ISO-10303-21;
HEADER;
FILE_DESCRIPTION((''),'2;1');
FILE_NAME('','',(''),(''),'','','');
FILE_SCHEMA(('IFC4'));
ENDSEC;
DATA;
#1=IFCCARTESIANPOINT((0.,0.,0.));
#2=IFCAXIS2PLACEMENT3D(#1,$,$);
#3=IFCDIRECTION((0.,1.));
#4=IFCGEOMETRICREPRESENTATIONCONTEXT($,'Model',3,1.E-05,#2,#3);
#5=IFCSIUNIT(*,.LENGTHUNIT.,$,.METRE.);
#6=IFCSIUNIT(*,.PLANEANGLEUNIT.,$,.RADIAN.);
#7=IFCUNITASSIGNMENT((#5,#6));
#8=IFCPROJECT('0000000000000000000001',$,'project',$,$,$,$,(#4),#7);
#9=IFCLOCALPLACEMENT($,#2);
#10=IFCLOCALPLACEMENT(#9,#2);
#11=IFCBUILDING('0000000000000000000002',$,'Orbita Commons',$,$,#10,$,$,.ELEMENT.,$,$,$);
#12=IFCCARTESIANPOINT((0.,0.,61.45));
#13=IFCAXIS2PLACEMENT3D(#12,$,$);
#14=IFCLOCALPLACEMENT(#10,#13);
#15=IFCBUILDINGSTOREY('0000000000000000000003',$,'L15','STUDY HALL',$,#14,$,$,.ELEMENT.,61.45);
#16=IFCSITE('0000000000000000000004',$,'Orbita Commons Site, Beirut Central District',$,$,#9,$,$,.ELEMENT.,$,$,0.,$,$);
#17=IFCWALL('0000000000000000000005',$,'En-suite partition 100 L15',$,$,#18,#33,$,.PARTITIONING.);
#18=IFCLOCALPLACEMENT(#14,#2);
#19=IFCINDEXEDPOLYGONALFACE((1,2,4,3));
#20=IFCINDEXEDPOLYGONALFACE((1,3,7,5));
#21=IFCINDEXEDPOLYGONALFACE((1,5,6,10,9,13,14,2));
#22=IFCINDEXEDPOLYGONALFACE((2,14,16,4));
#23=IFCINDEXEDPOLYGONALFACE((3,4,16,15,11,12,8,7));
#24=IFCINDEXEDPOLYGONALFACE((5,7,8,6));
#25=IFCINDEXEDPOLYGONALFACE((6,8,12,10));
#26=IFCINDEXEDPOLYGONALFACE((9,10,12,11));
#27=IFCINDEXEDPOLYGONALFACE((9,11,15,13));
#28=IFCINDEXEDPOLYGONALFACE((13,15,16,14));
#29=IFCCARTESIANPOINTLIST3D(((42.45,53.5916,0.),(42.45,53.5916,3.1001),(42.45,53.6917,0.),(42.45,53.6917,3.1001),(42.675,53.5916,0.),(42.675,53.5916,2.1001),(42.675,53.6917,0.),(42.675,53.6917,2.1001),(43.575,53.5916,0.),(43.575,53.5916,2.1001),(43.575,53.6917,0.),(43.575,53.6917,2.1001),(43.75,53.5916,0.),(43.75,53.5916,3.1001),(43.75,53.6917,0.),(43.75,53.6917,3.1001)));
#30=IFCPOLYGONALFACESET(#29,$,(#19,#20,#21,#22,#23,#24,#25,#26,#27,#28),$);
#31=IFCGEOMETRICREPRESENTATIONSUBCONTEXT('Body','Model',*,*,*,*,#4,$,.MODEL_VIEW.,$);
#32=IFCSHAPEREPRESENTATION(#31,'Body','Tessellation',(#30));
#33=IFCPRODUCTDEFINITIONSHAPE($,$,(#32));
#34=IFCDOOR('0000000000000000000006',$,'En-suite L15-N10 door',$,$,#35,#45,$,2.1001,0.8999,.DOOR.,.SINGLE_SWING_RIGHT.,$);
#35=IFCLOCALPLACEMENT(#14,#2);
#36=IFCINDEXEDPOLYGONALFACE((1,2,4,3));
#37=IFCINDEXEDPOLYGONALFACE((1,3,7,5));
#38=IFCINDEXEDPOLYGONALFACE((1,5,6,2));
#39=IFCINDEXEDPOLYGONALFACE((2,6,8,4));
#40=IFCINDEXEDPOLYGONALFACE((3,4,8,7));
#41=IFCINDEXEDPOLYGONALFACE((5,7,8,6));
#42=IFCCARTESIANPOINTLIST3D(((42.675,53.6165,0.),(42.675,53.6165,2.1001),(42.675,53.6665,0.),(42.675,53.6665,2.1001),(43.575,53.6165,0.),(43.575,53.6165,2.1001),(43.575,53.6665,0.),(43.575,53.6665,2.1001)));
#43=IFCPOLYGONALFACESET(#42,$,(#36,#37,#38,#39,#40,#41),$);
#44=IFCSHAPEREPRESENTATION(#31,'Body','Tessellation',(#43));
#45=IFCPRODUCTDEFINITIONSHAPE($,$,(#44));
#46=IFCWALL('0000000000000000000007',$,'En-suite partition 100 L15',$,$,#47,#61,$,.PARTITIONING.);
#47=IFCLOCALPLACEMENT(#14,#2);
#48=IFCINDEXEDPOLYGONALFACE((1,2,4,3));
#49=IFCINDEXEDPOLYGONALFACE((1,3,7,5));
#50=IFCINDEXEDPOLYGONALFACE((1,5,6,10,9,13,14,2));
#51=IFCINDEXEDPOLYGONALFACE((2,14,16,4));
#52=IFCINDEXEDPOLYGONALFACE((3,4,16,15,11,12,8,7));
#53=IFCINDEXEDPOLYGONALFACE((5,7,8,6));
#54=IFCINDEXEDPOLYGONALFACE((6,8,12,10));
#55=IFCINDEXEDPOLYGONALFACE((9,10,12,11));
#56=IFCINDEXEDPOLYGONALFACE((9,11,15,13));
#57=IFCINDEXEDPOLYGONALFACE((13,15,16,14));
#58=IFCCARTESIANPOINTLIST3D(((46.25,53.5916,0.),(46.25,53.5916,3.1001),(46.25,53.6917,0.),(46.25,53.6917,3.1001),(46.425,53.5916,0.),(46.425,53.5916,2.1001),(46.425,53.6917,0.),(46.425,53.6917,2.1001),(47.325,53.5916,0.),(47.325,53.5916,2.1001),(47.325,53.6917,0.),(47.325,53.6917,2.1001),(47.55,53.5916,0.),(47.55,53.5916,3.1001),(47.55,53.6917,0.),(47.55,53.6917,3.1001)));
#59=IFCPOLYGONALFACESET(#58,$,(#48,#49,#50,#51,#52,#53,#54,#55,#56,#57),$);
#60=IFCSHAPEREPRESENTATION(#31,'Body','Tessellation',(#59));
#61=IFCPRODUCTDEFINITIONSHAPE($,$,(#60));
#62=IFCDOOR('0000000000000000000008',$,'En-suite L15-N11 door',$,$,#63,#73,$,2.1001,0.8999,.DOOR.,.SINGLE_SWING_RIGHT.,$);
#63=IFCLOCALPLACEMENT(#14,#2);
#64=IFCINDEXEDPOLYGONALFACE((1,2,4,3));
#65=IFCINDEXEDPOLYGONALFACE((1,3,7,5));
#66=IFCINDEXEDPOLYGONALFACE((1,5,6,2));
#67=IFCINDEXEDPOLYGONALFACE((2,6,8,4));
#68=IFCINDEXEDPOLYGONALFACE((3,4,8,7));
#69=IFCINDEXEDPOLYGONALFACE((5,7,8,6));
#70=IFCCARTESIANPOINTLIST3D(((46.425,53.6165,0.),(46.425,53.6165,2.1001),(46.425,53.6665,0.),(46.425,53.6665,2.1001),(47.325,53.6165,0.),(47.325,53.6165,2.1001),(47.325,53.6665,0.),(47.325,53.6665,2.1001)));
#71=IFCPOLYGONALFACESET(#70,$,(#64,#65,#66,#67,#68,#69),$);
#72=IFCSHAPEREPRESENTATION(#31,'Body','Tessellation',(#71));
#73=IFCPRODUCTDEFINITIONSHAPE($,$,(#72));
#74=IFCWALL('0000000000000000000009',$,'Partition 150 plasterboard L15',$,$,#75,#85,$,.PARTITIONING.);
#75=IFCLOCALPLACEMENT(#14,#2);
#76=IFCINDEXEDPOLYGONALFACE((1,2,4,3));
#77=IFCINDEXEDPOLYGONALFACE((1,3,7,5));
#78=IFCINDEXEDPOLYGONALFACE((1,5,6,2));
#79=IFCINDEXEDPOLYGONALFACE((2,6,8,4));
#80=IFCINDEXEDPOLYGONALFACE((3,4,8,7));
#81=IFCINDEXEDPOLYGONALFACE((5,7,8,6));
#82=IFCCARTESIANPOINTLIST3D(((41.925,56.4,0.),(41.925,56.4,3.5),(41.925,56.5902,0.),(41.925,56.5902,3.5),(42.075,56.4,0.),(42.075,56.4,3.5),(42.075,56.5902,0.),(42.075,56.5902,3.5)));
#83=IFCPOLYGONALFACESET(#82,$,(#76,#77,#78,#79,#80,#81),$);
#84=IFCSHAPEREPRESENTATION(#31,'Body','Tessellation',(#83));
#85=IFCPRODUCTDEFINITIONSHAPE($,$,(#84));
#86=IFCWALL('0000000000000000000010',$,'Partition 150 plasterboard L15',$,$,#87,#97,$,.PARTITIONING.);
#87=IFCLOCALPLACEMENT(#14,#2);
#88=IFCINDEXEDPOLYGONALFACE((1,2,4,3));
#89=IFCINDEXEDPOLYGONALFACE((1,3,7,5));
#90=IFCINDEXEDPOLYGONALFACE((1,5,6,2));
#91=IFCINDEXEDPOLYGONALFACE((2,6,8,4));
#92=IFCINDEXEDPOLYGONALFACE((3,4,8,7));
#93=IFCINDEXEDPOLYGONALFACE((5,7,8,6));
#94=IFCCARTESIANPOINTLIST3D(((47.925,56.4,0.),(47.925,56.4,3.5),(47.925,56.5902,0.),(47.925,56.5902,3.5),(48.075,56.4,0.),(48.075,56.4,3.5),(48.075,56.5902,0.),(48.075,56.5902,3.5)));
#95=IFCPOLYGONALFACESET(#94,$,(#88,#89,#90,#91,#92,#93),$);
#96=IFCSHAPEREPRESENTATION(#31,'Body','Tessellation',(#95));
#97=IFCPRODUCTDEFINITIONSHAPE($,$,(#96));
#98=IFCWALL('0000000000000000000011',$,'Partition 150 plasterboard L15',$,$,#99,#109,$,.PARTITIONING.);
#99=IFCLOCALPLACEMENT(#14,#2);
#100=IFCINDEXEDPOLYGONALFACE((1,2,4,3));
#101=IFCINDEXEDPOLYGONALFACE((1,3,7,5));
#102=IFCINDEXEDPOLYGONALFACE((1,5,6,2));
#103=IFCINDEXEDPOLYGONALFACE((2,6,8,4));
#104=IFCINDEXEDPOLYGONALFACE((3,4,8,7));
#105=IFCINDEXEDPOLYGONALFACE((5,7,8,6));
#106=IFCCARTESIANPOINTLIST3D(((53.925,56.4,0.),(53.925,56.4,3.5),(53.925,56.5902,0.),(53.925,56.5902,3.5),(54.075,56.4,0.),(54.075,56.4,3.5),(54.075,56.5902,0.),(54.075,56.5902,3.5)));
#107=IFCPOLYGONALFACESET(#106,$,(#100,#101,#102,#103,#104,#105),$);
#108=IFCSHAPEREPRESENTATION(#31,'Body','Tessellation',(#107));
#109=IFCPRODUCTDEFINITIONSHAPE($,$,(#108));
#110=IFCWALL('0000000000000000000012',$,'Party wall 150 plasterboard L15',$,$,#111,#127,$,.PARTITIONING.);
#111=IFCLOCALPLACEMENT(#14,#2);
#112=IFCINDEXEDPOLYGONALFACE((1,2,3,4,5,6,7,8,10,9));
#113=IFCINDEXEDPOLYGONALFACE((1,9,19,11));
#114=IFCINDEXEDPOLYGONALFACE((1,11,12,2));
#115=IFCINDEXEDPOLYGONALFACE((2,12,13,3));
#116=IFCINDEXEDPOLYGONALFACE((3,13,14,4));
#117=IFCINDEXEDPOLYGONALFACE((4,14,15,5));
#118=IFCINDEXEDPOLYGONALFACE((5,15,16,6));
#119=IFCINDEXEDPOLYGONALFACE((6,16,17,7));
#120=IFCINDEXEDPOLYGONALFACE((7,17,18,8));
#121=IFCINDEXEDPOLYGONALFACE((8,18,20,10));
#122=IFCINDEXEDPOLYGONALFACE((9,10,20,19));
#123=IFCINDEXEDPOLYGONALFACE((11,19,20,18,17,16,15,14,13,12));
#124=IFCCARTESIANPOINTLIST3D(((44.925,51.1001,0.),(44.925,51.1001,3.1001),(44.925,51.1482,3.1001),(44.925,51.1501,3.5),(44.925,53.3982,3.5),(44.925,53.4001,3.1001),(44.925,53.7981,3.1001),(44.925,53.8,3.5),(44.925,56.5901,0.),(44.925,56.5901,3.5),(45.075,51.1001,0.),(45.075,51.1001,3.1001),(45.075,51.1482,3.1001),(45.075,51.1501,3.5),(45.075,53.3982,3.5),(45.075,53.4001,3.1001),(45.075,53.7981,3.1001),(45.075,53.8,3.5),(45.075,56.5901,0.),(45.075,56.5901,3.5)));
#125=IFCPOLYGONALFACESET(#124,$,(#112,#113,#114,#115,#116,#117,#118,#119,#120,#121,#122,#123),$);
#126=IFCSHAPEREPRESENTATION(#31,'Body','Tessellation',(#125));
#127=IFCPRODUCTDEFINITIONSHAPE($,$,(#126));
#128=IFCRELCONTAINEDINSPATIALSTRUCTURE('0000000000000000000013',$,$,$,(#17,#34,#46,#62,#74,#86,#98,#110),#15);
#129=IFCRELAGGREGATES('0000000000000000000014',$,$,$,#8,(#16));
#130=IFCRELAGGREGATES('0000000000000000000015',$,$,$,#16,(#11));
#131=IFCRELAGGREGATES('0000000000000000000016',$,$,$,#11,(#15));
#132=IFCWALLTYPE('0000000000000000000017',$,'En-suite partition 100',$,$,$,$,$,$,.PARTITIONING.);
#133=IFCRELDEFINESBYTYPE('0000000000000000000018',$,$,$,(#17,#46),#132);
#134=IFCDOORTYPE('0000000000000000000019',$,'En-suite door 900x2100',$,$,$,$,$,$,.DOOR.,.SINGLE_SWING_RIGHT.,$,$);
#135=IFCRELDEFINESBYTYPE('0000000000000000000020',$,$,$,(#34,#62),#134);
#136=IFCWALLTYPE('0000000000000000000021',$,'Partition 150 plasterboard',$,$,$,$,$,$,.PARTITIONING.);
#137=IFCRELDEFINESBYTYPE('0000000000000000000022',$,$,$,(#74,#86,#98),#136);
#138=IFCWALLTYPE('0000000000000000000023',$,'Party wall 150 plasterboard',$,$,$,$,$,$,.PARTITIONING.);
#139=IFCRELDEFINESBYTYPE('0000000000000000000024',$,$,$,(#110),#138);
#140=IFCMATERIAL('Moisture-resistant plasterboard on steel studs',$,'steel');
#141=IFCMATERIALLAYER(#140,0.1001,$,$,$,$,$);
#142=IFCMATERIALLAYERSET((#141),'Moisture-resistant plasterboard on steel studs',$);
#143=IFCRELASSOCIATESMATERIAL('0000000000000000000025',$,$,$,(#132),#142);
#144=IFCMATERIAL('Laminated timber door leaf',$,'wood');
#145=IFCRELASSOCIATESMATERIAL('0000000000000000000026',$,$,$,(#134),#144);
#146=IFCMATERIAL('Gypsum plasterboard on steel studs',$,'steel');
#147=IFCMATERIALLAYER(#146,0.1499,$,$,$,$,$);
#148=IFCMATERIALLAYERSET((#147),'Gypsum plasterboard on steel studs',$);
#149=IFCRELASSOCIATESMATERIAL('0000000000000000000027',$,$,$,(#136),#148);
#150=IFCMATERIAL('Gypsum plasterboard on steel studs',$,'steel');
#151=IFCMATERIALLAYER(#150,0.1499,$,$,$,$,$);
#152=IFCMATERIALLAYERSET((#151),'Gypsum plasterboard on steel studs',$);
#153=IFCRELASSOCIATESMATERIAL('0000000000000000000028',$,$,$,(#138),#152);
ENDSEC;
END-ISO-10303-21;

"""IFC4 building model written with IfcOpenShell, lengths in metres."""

from ifc_helpers import new_model, si_unit, direction, frame, frame_2d, origin, place, context, subcontext, project, spatial, polyline, rectangle, outline, extrude, material, layer, layer_set, type_object, element, fill, save


model = new_model("IFC4")

# Units and contexts
model_context = context("Model", 3, precision=1e-05, world=origin(), true_north=direction((0.0, 1.0)))
body_context = subcontext(model_context, "Body", "Model", "MODEL_VIEW")
ifc_project = project(units=[si_unit("LENGTHUNIT", "METRE"), si_unit("PLANEANGLEUNIT", "RADIAN")], contexts=[model_context])

# Site, building, storey
site_placement = place(None, origin())
site = spatial("IfcSite", under=ifc_project, at=site_placement, Name="Orbita Commons Site, Beirut Central District", CompositionType="ELEMENT", RefElevation=0.0)
building_placement = place(site_placement, origin())
building = spatial("IfcBuilding", under=site, at=building_placement, Name="Orbita Commons", CompositionType="ELEMENT")
storey_placement = place(building_placement, frame((0.0, 0.0, 61.45)))
storey = spatial("IfcBuildingStorey", under=building, at=storey_placement, Name="L15", Description="STUDY HALL", CompositionType="ELEMENT", Elevation=61.45)

# Walls, openings, doors
ifc_material_1 = material(Name="Moisture-resistant plasterboard on steel studs", Category="steel")
ifc_layer_1 = layer(ifc_material_1, 0.1001)
ifc_layer_set_1 = layer_set([ifc_layer_1], Name="Moisture-resistant plasterboard on steel studs")
wall_type_1 = type_object("IfcWallType", Name="En-suite partition 100", PredefinedType="PARTITIONING", material=ifc_layer_set_1)
wall_1_placement = place(storey_placement, frame((42.45, 53.6416, 0.0), z_axis=(0.0, 0.0, 1.0), x_axis=(1.0, 0.0, 0.0)))
wall_1 = element("IfcWall", 1, at=wall_1_placement, inside=storey, type_object=wall_type_1, Name="En-suite partition 100 L15", PredefinedType="PARTITIONING", context=body_context, shape_type="SweptSolid", body=[
    extrude(outline(polyline([(0.0, 0.0), (1.3, 0.0), (1.3, 3.1001), (0.0, 3.1001), (0.0, 0.0)])), frame((0.0, 0.05, 0.0), z_axis=(0.0, -1.0, 0.0), x_axis=(1.0, 0.0, 0.0)), (0.0, 0.0, 1.0), 0.1001),
])
opening_1_placement = place(wall_1_placement, frame((0.2251, 0.0, 0.0)))
opening_1 = element("IfcOpeningElement", 2, at=opening_1_placement, cuts=wall_1, PredefinedType="OPENING", context=body_context, shape_type="SweptSolid", body=[
    extrude(rectangle(XDim=0.8999, YDim=2.1001, at=frame_2d((0.45, 1.05))), frame((0.0, 0.0601, 0.0), z_axis=(0.0, -1.0, 0.0), x_axis=(1.0, 0.0, 0.0)), (0.0, 0.0, 1.0), 0.1201),
])
ifc_material_2 = material(Name="Laminated timber door leaf", Category="wood")
door_type = type_object("IfcDoorType", Name="En-suite door 900x2100", OperationType="SINGLE_SWING_RIGHT", PredefinedType="DOOR", material=ifc_material_2)
door_1_placement = place(opening_1_placement, origin())
door_1 = element("IfcDoor", 3, at=door_1_placement, inside=storey, type_object=door_type, Name="En-suite L15-N10 door", OperationType="SINGLE_SWING_RIGHT", OverallHeight=2.1001, OverallWidth=0.8999, PredefinedType="DOOR", context=body_context, shape_type="SweptSolid", body=[
    extrude(rectangle(XDim=0.8999, YDim=2.1001, at=frame_2d((0.45, 1.05))), frame((0.0, 0.0249, 0.0), z_axis=(0.0, -1.0, 0.0), x_axis=(1.0, 0.0, 0.0)), (0.0, 0.0, 1.0), 0.05),
])
fill(opening_1, door_1)
wall_2_placement = place(storey_placement, frame((46.25, 53.6416, 0.0), z_axis=(0.0, 0.0, 1.0), x_axis=(1.0, 0.0, 0.0)))
wall_2 = element("IfcWall", 4, at=wall_2_placement, inside=storey, type_object=wall_type_1, Name="En-suite partition 100 L15", PredefinedType="PARTITIONING", context=body_context, shape_type="SweptSolid", body=[
    extrude(outline(polyline([(0.0, 0.0), (1.3, 0.0), (1.3, 3.1001), (0.0, 3.1001), (0.0, 0.0)])), frame((0.0, 0.05, 0.0), z_axis=(0.0, -1.0, 0.0), x_axis=(1.0, 0.0, 0.0)), (0.0, 0.0, 1.0), 0.1001),
])
opening_2_placement = place(wall_2_placement, frame((0.175, 0.0, 0.0)))
opening_2 = element("IfcOpeningElement", 5, at=opening_2_placement, cuts=wall_2, PredefinedType="OPENING", context=body_context, shape_type="SweptSolid", body=[
    extrude(rectangle(XDim=0.8999, YDim=2.1001, at=frame_2d((0.45, 1.05))), frame((0.0, 0.0601, 0.0), z_axis=(0.0, -1.0, 0.0), x_axis=(1.0, 0.0, 0.0)), (0.0, 0.0, 1.0), 0.1201),
])
door_2_placement = place(opening_2_placement, origin())
door_2 = element("IfcDoor", 6, at=door_2_placement, inside=storey, type_object=door_type, Name="En-suite L15-N11 door", OperationType="SINGLE_SWING_RIGHT", OverallHeight=2.1001, OverallWidth=0.8999, PredefinedType="DOOR", context=body_context, shape_type="SweptSolid", body=[
    extrude(rectangle(XDim=0.8999, YDim=2.1001, at=frame_2d((0.45, 1.05))), frame((0.0, 0.0249, 0.0), z_axis=(0.0, -1.0, 0.0), x_axis=(1.0, 0.0, 0.0)), (0.0, 0.0, 1.0), 0.05),
])
fill(opening_2, door_2)

# Walls
ifc_material_3 = material(Name="Gypsum plasterboard on steel studs", Category="steel")
ifc_layer_2 = layer(ifc_material_3, 0.1499)
ifc_layer_set_2 = layer_set([ifc_layer_2], Name="Gypsum plasterboard on steel studs")
wall_type_2 = type_object("IfcWallType", Name="Partition 150 plasterboard", PredefinedType="PARTITIONING", material=ifc_layer_set_2)
for number, where, z_axis, x_axis, name in (
    (7, (42.0, 56.3999, 0.0), (0.0, 0.0, 1.0), (0.0, 1.0, 0.0), "Partition 150 plasterboard L15"),
    (8, (48.0, 56.3999, 0.0), (0.0, 0.0, 1.0), (0.0, 1.0, 0.0), "Partition 150 plasterboard L15"),
    (9, (54.0, 56.3999, 0.0), (0.0, 0.0, 1.0), (0.0, 1.0, 0.0), "Partition 150 plasterboard L15"),
):
    element("IfcWall", number, at=place(storey_placement, frame(where, z_axis=z_axis, x_axis=x_axis)), inside=storey, type_object=wall_type_2, Name=name, PredefinedType="PARTITIONING", context=body_context, shape_type="SweptSolid", body=[
        extrude(rectangle(XDim=0.1902, YDim=0.1499, at=frame_2d((0.0952, 0.0))), origin(), (0.0, 0.0, 1.0), 3.5),
    ])
ifc_material_4 = material(Name="Gypsum plasterboard on steel studs", Category="steel")
ifc_layer_3 = layer(ifc_material_4, 0.1499)
ifc_layer_set_3 = layer_set([ifc_layer_3], Name="Gypsum plasterboard on steel studs")
wall_type_3 = type_object("IfcWallType", Name="Party wall 150 plasterboard", PredefinedType="PARTITIONING", material=ifc_layer_set_3)
wall_3_placement = place(storey_placement, frame((45.0, 56.5901, 0.0), z_axis=(0.0, 0.0, 1.0), x_axis=(0.0, -1.0, 0.0)))
element("IfcWall", 10, at=wall_3_placement, inside=storey, type_object=wall_type_3, Name="Party wall 150 plasterboard L15", PredefinedType="PARTITIONING", context=body_context, shape_type="SweptSolid", body=[
    extrude(outline(polyline([(0.0, 0.0), (5.49, 0.0), (5.49, 3.1001), (5.4419, 3.1001), (5.4399, 3.5), (3.1919, 3.5), (3.1899, 3.1001), (2.792, 3.1001), (2.79, 3.5), (0.0, 3.5), (0.0, 0.0)])), frame((0.0, 0.075, 0.0), z_axis=(0.0, -1.0, 0.0), x_axis=(1.0, 0.0, 0.0)), (0.0, 0.0, 1.0), 0.1499),
])

save(model, "model.ifc")
